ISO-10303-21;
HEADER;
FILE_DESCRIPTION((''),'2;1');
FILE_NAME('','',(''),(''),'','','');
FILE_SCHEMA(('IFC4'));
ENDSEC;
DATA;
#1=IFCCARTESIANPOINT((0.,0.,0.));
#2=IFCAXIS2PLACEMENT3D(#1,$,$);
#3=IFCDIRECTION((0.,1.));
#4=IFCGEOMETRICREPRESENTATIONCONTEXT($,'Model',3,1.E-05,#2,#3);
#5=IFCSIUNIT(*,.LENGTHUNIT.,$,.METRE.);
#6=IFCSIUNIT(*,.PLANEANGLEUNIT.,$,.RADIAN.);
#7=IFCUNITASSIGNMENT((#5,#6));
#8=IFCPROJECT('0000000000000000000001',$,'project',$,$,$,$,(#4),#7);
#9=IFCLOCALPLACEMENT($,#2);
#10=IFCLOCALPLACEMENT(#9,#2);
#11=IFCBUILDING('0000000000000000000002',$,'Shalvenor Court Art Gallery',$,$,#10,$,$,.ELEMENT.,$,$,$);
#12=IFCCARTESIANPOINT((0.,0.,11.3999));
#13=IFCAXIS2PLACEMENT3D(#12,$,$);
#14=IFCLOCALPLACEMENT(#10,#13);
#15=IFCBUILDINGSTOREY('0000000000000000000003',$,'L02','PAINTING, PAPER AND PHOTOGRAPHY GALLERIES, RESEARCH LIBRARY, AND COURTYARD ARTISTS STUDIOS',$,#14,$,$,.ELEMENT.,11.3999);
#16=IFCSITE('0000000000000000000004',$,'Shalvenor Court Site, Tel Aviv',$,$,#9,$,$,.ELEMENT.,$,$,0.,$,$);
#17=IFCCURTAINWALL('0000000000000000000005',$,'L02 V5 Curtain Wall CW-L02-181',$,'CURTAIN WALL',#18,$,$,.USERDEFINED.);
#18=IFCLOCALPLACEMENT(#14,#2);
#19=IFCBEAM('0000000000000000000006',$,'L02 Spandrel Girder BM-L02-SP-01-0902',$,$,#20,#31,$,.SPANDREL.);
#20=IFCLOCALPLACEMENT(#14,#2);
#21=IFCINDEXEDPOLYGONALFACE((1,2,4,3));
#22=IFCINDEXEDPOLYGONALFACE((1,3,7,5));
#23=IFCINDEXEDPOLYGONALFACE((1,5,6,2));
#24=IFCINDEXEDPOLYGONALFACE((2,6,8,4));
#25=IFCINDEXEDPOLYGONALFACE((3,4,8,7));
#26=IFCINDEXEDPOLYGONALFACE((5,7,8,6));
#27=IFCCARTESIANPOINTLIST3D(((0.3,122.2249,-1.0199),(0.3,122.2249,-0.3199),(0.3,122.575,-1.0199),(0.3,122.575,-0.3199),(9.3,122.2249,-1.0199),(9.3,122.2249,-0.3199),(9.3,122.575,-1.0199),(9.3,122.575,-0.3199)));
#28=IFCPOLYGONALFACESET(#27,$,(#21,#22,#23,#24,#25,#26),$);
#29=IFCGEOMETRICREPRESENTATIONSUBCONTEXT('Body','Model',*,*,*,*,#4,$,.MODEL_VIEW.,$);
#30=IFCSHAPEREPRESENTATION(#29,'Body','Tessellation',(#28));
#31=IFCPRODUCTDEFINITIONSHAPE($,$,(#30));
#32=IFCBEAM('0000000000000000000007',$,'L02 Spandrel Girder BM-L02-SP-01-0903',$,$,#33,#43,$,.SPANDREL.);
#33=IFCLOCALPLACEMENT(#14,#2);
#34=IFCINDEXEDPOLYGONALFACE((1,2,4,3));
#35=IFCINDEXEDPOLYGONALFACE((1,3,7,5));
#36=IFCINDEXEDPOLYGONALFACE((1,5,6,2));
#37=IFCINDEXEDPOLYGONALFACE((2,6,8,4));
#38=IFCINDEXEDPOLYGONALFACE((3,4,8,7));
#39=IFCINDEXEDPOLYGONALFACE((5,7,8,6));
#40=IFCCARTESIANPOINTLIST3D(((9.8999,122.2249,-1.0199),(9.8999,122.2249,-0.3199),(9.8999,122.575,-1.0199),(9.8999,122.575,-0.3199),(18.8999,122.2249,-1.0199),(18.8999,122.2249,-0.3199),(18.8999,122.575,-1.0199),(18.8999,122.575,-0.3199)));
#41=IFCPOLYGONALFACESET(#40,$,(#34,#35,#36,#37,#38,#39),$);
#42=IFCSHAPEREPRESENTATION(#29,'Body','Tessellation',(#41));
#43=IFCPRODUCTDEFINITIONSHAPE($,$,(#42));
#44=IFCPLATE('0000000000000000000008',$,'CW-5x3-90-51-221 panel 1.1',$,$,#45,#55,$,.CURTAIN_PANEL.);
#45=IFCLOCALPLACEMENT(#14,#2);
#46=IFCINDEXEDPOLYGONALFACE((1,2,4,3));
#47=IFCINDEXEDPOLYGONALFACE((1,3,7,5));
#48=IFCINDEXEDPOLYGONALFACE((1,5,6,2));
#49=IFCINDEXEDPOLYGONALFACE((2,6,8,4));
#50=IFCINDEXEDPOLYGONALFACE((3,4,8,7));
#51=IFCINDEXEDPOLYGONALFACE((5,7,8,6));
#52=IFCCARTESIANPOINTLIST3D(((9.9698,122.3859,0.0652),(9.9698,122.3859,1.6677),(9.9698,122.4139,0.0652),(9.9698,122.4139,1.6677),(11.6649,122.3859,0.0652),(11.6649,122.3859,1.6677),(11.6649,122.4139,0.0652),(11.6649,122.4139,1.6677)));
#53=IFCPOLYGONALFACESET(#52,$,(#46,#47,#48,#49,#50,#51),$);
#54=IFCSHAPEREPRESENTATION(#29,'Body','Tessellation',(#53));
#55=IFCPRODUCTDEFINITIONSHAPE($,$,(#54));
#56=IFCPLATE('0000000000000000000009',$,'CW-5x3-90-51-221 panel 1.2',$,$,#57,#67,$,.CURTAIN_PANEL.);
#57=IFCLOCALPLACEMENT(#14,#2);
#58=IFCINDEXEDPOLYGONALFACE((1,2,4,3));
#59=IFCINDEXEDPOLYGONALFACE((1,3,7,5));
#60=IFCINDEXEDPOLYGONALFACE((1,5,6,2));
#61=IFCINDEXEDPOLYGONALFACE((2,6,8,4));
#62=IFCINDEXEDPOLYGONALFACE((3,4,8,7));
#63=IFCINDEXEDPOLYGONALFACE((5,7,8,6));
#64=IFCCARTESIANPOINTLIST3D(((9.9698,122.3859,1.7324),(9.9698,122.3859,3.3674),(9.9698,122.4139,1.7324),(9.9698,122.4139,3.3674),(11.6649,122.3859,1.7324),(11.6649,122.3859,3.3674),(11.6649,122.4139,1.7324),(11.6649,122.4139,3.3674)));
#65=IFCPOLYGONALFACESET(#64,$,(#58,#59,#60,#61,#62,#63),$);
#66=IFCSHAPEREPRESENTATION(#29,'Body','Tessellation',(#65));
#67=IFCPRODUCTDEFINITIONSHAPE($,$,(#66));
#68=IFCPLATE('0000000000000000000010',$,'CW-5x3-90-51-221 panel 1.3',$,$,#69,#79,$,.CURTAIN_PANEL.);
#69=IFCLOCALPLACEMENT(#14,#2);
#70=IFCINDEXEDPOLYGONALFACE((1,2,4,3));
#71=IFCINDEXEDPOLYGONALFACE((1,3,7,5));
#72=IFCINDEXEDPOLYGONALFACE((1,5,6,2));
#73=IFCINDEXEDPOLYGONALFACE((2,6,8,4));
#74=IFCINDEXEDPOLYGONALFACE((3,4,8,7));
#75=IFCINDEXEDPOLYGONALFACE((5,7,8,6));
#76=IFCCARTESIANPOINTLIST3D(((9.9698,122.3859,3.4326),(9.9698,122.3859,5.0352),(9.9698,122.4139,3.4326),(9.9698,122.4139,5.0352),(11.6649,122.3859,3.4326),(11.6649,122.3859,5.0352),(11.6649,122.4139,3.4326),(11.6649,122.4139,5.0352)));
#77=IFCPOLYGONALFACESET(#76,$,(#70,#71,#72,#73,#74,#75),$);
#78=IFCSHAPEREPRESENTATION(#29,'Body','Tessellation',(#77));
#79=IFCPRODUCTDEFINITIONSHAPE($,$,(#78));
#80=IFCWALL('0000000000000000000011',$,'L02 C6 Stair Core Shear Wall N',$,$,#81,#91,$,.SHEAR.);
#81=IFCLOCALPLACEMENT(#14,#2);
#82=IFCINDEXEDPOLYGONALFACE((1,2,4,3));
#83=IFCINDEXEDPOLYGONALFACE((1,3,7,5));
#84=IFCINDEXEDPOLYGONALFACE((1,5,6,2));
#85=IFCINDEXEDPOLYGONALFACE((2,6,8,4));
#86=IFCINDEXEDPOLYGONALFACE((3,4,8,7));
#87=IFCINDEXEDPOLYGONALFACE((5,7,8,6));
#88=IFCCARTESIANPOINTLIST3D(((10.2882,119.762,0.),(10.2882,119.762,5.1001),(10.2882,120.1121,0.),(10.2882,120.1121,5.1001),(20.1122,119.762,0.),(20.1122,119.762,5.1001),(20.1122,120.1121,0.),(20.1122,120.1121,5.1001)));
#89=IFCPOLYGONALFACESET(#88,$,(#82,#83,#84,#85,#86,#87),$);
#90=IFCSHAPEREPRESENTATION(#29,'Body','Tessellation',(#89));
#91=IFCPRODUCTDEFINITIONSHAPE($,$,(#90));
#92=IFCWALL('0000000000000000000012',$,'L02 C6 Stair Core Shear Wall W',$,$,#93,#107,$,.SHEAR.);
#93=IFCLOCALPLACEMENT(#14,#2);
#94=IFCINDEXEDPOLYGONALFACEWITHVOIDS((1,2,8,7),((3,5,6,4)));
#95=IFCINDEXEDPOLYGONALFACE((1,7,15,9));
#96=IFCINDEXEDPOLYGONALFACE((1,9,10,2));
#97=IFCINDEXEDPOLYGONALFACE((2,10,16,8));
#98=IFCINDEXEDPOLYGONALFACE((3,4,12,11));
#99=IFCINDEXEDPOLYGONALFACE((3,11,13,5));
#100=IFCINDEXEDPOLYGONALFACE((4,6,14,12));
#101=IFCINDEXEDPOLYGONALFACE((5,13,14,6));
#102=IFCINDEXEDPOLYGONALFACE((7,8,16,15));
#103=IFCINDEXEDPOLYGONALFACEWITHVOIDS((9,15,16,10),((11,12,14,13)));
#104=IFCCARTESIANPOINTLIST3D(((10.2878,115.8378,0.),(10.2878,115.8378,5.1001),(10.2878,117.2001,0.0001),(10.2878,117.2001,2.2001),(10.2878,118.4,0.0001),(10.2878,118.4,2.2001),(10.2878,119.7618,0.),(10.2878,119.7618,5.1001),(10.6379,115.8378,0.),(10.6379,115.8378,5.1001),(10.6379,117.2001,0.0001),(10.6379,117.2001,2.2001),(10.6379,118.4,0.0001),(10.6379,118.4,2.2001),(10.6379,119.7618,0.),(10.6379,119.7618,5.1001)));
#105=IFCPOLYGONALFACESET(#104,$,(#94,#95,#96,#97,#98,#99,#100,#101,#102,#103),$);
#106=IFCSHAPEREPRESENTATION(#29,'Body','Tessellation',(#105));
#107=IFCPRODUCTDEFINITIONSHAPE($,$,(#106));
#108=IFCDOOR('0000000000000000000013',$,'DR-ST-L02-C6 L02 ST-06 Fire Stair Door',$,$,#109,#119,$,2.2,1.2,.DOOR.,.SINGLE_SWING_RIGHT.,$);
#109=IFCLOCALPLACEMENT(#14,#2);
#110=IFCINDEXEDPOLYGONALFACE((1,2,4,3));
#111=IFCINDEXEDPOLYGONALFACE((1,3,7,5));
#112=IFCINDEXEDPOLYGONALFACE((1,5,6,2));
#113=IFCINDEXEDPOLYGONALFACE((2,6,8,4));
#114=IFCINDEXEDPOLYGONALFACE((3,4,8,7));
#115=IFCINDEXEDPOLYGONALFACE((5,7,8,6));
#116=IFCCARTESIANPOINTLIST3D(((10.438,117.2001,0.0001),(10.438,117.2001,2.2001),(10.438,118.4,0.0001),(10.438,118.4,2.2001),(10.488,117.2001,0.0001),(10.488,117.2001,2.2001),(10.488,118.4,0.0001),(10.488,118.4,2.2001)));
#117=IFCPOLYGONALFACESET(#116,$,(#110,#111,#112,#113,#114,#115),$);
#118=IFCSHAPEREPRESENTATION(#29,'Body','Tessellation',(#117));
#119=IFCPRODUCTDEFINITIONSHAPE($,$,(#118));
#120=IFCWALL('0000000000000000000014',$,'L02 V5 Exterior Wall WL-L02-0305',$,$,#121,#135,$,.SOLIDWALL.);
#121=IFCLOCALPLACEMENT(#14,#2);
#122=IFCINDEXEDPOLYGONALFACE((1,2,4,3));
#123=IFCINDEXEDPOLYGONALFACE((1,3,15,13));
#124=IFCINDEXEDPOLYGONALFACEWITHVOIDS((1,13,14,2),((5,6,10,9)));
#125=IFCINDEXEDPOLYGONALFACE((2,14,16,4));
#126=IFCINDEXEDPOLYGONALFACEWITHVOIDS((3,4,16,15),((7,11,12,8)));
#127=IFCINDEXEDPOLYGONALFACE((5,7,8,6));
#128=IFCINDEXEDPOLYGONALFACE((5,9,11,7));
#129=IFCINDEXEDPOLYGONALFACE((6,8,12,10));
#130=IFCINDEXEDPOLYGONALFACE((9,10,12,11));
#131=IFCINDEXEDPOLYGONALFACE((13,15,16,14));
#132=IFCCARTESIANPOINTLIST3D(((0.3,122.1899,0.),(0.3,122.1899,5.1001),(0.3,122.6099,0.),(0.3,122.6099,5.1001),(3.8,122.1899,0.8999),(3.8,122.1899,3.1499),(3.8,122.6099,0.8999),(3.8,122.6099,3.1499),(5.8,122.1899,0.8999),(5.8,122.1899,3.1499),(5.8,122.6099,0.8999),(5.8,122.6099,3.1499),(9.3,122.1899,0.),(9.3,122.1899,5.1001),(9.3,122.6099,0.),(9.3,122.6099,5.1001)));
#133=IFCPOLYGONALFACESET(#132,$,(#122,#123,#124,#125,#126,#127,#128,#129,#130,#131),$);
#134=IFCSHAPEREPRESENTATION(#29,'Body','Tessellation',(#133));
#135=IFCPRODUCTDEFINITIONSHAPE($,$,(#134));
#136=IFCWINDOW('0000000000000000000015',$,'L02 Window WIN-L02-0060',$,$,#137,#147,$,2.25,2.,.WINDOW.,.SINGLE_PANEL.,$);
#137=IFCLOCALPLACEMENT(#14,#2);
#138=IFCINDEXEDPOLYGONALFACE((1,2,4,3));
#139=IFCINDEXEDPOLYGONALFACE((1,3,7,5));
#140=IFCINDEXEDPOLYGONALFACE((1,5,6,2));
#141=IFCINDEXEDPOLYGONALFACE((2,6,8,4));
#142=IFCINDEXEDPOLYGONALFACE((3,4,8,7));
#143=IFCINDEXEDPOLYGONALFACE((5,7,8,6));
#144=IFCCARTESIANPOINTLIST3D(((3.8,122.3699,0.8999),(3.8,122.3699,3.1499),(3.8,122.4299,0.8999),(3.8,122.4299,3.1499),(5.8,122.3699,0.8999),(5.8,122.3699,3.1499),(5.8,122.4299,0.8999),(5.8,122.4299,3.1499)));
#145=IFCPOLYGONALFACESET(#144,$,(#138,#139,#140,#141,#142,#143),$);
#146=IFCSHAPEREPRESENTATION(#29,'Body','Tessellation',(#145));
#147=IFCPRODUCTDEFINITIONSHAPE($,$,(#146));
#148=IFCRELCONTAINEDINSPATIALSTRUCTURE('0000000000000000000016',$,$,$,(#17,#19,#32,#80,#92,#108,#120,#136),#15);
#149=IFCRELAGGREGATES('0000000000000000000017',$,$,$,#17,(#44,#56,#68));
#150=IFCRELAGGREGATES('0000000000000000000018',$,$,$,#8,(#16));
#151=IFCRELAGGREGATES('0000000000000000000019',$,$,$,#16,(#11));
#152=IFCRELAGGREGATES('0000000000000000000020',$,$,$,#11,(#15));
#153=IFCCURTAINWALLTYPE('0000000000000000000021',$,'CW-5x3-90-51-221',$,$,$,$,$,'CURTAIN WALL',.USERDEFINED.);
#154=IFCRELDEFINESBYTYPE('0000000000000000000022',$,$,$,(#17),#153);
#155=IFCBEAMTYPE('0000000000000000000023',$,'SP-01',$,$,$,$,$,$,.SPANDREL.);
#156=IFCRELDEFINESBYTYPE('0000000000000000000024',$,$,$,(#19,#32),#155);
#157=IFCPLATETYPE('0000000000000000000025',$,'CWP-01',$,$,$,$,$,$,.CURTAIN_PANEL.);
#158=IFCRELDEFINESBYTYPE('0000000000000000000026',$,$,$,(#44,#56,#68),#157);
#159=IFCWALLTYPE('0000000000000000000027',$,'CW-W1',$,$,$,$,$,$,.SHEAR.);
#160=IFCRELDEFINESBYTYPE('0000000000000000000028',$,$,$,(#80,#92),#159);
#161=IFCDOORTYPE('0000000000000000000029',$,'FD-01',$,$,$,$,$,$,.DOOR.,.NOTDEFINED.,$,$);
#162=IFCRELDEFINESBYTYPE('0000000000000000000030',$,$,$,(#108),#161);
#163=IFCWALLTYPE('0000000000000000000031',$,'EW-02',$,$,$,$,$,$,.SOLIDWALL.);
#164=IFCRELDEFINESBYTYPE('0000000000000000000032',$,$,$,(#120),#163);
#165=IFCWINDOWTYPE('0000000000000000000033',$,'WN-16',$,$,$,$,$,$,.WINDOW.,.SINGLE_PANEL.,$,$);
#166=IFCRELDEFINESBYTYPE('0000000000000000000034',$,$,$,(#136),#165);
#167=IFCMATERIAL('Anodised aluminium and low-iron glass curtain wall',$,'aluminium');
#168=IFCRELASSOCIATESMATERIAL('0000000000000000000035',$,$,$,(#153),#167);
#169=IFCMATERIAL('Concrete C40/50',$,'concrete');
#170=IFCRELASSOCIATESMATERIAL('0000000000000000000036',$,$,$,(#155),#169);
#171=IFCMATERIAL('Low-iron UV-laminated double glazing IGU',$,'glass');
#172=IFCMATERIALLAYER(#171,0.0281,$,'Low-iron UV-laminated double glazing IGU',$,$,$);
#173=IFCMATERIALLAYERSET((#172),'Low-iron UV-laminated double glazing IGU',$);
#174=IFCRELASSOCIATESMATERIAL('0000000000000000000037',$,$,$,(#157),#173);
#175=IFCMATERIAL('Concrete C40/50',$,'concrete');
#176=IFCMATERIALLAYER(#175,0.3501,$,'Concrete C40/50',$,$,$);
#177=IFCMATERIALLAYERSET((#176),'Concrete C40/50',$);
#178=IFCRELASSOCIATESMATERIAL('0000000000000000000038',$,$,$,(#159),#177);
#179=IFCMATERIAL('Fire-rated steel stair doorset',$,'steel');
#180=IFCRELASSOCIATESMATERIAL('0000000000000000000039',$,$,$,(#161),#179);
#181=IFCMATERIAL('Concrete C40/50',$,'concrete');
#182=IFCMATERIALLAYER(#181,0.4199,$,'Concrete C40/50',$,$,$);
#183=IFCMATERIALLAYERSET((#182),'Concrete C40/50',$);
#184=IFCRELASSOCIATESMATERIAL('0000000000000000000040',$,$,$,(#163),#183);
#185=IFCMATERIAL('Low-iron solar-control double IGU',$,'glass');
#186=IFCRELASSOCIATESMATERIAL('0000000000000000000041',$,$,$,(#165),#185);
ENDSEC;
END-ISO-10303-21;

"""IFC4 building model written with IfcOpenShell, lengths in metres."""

from ifc_helpers import new_model, si_unit, direction, frame, frame_2d, origin, origin_2d, place, context, subcontext, project, spatial, rectangle, extrude, material, layer, layer_set, material_profile, profile_set, type_object, element, fill, aggregate, save


model = new_model("IFC4")

# Units and contexts
model_context = context("Model", 3, precision=1e-05, world=origin(), true_north=direction((0.0, 1.0)))
body_context = subcontext(model_context, "Body", "Model", "MODEL_VIEW")
ifc_project = project(units=[si_unit("LENGTHUNIT", "METRE"), si_unit("PLANEANGLEUNIT", "RADIAN")], contexts=[model_context])

# Site, building, storey
site_placement = place(None, origin())
site = spatial("IfcSite", under=ifc_project, at=site_placement, Name="Shalvenor Court Site, Tel Aviv", CompositionType="ELEMENT", RefElevation=0.0)
building_placement = place(site_placement, origin())
building = spatial("IfcBuilding", under=site, at=building_placement, Name="Shalvenor Court Art Gallery", CompositionType="ELEMENT")
storey_placement = place(building_placement, frame((0.0, 0.0, 11.3999)))
storey = spatial("IfcBuildingStorey", under=building, at=storey_placement, Name="L02", Description="PAINTING, PAPER AND PHOTOGRAPHY GALLERIES, RESEARCH LIBRARY, AND COURTYARD ARTISTS STUDIOS", CompositionType="ELEMENT", Elevation=11.3999)

# Curtain wall
ifc_material_1 = material(Name="Anodised aluminium and low-iron glass curtain wall", Category="aluminium")
curtain_wall_type_1 = type_object("IfcCurtainWallType", Name="CW-5x3-90-51-221", ElementType="CURTAIN WALL", PredefinedType="USERDEFINED", material=ifc_material_1)
curtain_wall_1_placement = place(storey_placement, origin())
curtain_wall_1 = element("IfcCurtainWall", 1, at=curtain_wall_1_placement, inside=storey, type_object=curtain_wall_type_1, Name="L02 V5 Curtain Wall CW-L02-181", ObjectType="CURTAIN WALL", PredefinedType="USERDEFINED")

# Beams
ifc_material_2 = material(Name="Concrete C40/50", Category="concrete")
ifc_material_profile_1 = material_profile(ifc_material_2, rectangle(XDim=0.3501, YDim=0.7, at=origin_2d()), Name="RC 350x700")
ifc_profile_set_1 = profile_set([ifc_material_profile_1], Name="Concrete C40/50")
beam_type_1 = type_object("IfcBeamType", Name="SP-01", PredefinedType="SPANDREL", material=ifc_profile_set_1)
for number, where, z_axis, x_axis, name in (
    (2, (0.3, 122.3999, -0.6699), (1.0, 0.0, 0.0), (0.0, 1.0, 0.0), "L02 Spandrel Girder BM-L02-SP-01-0902"),
    (3, (9.8999, 122.3999, -0.6699), (1.0, 0.0, 0.0), (0.0, 1.0, 0.0), "L02 Spandrel Girder BM-L02-SP-01-0903"),
):
    element("IfcBeam", number, at=place(storey_placement, frame(where, z_axis=z_axis, x_axis=x_axis)), inside=storey, type_object=beam_type_1, Name=name, PredefinedType="SPANDREL", context=body_context, shape_type="SweptSolid", body=[
        extrude(rectangle(XDim=0.3501, YDim=0.7, at=origin_2d()), origin(), (0.0, 0.0, 1.0), 9.0),
    ])

# Plates
ifc_material_3 = material(Name="Low-iron UV-laminated double glazing IGU", Category="glass")
ifc_layer_1 = layer(ifc_material_3, 0.0281, Name="Low-iron UV-laminated double glazing IGU")
ifc_layer_set_1 = layer_set([ifc_layer_1], Name="Low-iron UV-laminated double glazing IGU")
plate_type = type_object("IfcPlateType", Name="CWP-01", PredefinedType="CURTAIN_PANEL", material=ifc_layer_set_1)
plate_1_placement = place(storey_placement, frame((10.8174, 122.3999, 0.0652), z_axis=(0.0, 0.0, 1.0), x_axis=(1.0, 0.0, 0.0)))
plate_1 = element("IfcPlate", 4, at=plate_1_placement, type_object=plate_type, Name="CW-5x3-90-51-221 panel 1.1", PredefinedType="CURTAIN_PANEL", context=body_context, shape_type="SweptSolid", body=[
    extrude(rectangle(XDim=1.6951, YDim=0.0281, at=origin_2d()), origin(), (0.0, 0.0, 1.0), 1.6025),
])
plate_2_placement = place(storey_placement, frame((10.8174, 122.3999, 1.7324), z_axis=(0.0, 0.0, 1.0), x_axis=(1.0, 0.0, 0.0)))
plate_2 = element("IfcPlate", 5, at=plate_2_placement, type_object=plate_type, Name="CW-5x3-90-51-221 panel 1.2", PredefinedType="CURTAIN_PANEL", context=body_context, shape_type="SweptSolid", body=[
    extrude(rectangle(XDim=1.6951, YDim=0.0281, at=origin_2d()), origin(), (0.0, 0.0, 1.0), 1.635),
])
plate_3_placement = place(storey_placement, frame((10.8174, 122.3999, 3.4326), z_axis=(0.0, 0.0, 1.0), x_axis=(1.0, 0.0, 0.0)))
plate_3 = element("IfcPlate", 6, at=plate_3_placement, type_object=plate_type, Name="CW-5x3-90-51-221 panel 1.3", PredefinedType="CURTAIN_PANEL", context=body_context, shape_type="SweptSolid", body=[
    extrude(rectangle(XDim=1.6951, YDim=0.0281, at=origin_2d()), origin(), (0.0, 0.0, 1.0), 1.6025),
])
aggregate(curtain_wall_1, [plate_1, plate_2, plate_3])

# Wall
ifc_material_4 = material(Name="Concrete C40/50", Category="concrete")
ifc_layer_2 = layer(ifc_material_4, 0.3501, Name="Concrete C40/50")
ifc_layer_set_2 = layer_set([ifc_layer_2], Name="Concrete C40/50")
wall_type_1 = type_object("IfcWallType", Name="CW-W1", PredefinedType="SHEAR", material=ifc_layer_set_2)
wall_1_placement = place(storey_placement, frame((10.2881, 119.937, 0.0), z_axis=(0.0, 0.0, 1.0), x_axis=(1.0, 0.0, 0.0)))
element("IfcWall", 7, at=wall_1_placement, inside=storey, type_object=wall_type_1, Name="L02 C6 Stair Core Shear Wall N", PredefinedType="SHEAR", context=body_context, shape_type="SweptSolid", body=[
    extrude(rectangle(XDim=9.824, YDim=0.3501, at=frame_2d((4.9121, 0.0))), origin(), (0.0, 0.0, 1.0), 5.1001),
])

# Wall, opening, door
wall_2_placement = place(storey_placement, frame((10.4629, 115.8379, 0.0), z_axis=(0.0, 0.0, 1.0), x_axis=(0.0, 1.0, 0.0)))
wall_2 = element("IfcWall", 8, at=wall_2_placement, inside=storey, type_object=wall_type_1, Name="L02 C6 Stair Core Shear Wall W", PredefinedType="SHEAR", context=body_context, shape_type="SweptSolid", body=[
    extrude(rectangle(XDim=3.9241, YDim=0.3501, at=frame_2d((1.9619, 0.0))), origin(), (0.0, 0.0, 1.0), 5.1001),
])
opening_1_placement = place(wall_2_placement, frame((1.3621, 0.0, 0.0)))
opening_1 = element("IfcOpeningElement", 9, at=opening_1_placement, cuts=wall_2, PredefinedType="OPENING", context=body_context, shape_type="SweptSolid", body=[
    extrude(rectangle(XDim=1.2, YDim=2.2, at=frame_2d((0.6001, 1.1001))), frame((0.0, 0.1851, 0.0), z_axis=(0.0, -1.0, 0.0), x_axis=(1.0, 0.0, 0.0)), (0.0, 0.0, 1.0), 0.3701),
])
ifc_material_5 = material(Name="Fire-rated steel stair doorset", Category="steel")
door_type_1 = type_object("IfcDoorType", Name="FD-01", OperationType="NOTDEFINED", PredefinedType="DOOR", material=ifc_material_5)
door_1_placement = place(opening_1_placement, origin())
door_1 = element("IfcDoor", 10, at=door_1_placement, inside=storey, type_object=door_type_1, Name="DR-ST-L02-C6 L02 ST-06 Fire Stair Door", OperationType="SINGLE_SWING_RIGHT", OverallHeight=2.2, OverallWidth=1.2, PredefinedType="DOOR", context=body_context, shape_type="SweptSolid", body=[
    extrude(rectangle(XDim=1.2, YDim=2.2, at=frame_2d((0.6001, 1.1001))), frame((0.0, 0.0249, 0.0), z_axis=(0.0, -1.0, 0.0), x_axis=(1.0, 0.0, 0.0)), (0.0, 0.0, 1.0), 0.05),
])
fill(opening_1, door_1)

# Wall, opening, window
ifc_material_6 = material(Name="Concrete C40/50", Category="concrete")
ifc_layer_3 = layer(ifc_material_6, 0.4199, Name="Concrete C40/50")
ifc_layer_set_3 = layer_set([ifc_layer_3], Name="Concrete C40/50")
wall_type_2 = type_object("IfcWallType", Name="EW-02", PredefinedType="SOLIDWALL", material=ifc_layer_set_3)
wall_3_placement = place(storey_placement, frame((0.3, 122.3999, 0.0), z_axis=(0.0, 0.0, 1.0), x_axis=(1.0, 0.0, 0.0)))
wall_3 = element("IfcWall", 11, at=wall_3_placement, inside=storey, type_object=wall_type_2, Name="L02 V5 Exterior Wall WL-L02-0305", PredefinedType="SOLIDWALL", context=body_context, shape_type="SweptSolid", body=[
    extrude(rectangle(XDim=9.0, YDim=0.4199, at=frame_2d((4.5, 0.0))), origin(), (0.0, 0.0, 1.0), 5.1001),
])
opening_2_placement = place(wall_3_placement, frame((3.5, 0.0, 0.8999)))
opening_2 = element("IfcOpeningElement", 12, at=opening_2_placement, cuts=wall_3, PredefinedType="OPENING", context=body_context, shape_type="SweptSolid", body=[
    extrude(rectangle(XDim=2.0, YDim=2.25, at=frame_2d((1.0, 1.125))), frame((0.0, 0.22, 0.0), z_axis=(0.0, -1.0, 0.0), x_axis=(1.0, 0.0, 0.0)), (0.0, 0.0, 1.0), 0.4399),
])
ifc_material_7 = material(Name="Low-iron solar-control double IGU", Category="glass")
window_type = type_object("IfcWindowType", Name="WN-16", PartitioningType="SINGLE_PANEL", PredefinedType="WINDOW", material=ifc_material_7)
window_placement = place(opening_2_placement, origin())
window = element("IfcWindow", 13, at=window_placement, inside=storey, type_object=window_type, Name="L02 Window WIN-L02-0060", OverallHeight=2.25, OverallWidth=2.0, PartitioningType="SINGLE_PANEL", PredefinedType="WINDOW", context=body_context, shape_type="SweptSolid", body=[
    extrude(rectangle(XDim=2.0, YDim=2.25, at=frame_2d((1.0, 1.125))), frame((0.0, 0.03, 0.0), z_axis=(0.0, -1.0, 0.0), x_axis=(1.0, 0.0, 0.0)), (0.0, 0.0, 1.0), 0.0601),
])
fill(opening_2, window)

save(model, "model.ifc")
